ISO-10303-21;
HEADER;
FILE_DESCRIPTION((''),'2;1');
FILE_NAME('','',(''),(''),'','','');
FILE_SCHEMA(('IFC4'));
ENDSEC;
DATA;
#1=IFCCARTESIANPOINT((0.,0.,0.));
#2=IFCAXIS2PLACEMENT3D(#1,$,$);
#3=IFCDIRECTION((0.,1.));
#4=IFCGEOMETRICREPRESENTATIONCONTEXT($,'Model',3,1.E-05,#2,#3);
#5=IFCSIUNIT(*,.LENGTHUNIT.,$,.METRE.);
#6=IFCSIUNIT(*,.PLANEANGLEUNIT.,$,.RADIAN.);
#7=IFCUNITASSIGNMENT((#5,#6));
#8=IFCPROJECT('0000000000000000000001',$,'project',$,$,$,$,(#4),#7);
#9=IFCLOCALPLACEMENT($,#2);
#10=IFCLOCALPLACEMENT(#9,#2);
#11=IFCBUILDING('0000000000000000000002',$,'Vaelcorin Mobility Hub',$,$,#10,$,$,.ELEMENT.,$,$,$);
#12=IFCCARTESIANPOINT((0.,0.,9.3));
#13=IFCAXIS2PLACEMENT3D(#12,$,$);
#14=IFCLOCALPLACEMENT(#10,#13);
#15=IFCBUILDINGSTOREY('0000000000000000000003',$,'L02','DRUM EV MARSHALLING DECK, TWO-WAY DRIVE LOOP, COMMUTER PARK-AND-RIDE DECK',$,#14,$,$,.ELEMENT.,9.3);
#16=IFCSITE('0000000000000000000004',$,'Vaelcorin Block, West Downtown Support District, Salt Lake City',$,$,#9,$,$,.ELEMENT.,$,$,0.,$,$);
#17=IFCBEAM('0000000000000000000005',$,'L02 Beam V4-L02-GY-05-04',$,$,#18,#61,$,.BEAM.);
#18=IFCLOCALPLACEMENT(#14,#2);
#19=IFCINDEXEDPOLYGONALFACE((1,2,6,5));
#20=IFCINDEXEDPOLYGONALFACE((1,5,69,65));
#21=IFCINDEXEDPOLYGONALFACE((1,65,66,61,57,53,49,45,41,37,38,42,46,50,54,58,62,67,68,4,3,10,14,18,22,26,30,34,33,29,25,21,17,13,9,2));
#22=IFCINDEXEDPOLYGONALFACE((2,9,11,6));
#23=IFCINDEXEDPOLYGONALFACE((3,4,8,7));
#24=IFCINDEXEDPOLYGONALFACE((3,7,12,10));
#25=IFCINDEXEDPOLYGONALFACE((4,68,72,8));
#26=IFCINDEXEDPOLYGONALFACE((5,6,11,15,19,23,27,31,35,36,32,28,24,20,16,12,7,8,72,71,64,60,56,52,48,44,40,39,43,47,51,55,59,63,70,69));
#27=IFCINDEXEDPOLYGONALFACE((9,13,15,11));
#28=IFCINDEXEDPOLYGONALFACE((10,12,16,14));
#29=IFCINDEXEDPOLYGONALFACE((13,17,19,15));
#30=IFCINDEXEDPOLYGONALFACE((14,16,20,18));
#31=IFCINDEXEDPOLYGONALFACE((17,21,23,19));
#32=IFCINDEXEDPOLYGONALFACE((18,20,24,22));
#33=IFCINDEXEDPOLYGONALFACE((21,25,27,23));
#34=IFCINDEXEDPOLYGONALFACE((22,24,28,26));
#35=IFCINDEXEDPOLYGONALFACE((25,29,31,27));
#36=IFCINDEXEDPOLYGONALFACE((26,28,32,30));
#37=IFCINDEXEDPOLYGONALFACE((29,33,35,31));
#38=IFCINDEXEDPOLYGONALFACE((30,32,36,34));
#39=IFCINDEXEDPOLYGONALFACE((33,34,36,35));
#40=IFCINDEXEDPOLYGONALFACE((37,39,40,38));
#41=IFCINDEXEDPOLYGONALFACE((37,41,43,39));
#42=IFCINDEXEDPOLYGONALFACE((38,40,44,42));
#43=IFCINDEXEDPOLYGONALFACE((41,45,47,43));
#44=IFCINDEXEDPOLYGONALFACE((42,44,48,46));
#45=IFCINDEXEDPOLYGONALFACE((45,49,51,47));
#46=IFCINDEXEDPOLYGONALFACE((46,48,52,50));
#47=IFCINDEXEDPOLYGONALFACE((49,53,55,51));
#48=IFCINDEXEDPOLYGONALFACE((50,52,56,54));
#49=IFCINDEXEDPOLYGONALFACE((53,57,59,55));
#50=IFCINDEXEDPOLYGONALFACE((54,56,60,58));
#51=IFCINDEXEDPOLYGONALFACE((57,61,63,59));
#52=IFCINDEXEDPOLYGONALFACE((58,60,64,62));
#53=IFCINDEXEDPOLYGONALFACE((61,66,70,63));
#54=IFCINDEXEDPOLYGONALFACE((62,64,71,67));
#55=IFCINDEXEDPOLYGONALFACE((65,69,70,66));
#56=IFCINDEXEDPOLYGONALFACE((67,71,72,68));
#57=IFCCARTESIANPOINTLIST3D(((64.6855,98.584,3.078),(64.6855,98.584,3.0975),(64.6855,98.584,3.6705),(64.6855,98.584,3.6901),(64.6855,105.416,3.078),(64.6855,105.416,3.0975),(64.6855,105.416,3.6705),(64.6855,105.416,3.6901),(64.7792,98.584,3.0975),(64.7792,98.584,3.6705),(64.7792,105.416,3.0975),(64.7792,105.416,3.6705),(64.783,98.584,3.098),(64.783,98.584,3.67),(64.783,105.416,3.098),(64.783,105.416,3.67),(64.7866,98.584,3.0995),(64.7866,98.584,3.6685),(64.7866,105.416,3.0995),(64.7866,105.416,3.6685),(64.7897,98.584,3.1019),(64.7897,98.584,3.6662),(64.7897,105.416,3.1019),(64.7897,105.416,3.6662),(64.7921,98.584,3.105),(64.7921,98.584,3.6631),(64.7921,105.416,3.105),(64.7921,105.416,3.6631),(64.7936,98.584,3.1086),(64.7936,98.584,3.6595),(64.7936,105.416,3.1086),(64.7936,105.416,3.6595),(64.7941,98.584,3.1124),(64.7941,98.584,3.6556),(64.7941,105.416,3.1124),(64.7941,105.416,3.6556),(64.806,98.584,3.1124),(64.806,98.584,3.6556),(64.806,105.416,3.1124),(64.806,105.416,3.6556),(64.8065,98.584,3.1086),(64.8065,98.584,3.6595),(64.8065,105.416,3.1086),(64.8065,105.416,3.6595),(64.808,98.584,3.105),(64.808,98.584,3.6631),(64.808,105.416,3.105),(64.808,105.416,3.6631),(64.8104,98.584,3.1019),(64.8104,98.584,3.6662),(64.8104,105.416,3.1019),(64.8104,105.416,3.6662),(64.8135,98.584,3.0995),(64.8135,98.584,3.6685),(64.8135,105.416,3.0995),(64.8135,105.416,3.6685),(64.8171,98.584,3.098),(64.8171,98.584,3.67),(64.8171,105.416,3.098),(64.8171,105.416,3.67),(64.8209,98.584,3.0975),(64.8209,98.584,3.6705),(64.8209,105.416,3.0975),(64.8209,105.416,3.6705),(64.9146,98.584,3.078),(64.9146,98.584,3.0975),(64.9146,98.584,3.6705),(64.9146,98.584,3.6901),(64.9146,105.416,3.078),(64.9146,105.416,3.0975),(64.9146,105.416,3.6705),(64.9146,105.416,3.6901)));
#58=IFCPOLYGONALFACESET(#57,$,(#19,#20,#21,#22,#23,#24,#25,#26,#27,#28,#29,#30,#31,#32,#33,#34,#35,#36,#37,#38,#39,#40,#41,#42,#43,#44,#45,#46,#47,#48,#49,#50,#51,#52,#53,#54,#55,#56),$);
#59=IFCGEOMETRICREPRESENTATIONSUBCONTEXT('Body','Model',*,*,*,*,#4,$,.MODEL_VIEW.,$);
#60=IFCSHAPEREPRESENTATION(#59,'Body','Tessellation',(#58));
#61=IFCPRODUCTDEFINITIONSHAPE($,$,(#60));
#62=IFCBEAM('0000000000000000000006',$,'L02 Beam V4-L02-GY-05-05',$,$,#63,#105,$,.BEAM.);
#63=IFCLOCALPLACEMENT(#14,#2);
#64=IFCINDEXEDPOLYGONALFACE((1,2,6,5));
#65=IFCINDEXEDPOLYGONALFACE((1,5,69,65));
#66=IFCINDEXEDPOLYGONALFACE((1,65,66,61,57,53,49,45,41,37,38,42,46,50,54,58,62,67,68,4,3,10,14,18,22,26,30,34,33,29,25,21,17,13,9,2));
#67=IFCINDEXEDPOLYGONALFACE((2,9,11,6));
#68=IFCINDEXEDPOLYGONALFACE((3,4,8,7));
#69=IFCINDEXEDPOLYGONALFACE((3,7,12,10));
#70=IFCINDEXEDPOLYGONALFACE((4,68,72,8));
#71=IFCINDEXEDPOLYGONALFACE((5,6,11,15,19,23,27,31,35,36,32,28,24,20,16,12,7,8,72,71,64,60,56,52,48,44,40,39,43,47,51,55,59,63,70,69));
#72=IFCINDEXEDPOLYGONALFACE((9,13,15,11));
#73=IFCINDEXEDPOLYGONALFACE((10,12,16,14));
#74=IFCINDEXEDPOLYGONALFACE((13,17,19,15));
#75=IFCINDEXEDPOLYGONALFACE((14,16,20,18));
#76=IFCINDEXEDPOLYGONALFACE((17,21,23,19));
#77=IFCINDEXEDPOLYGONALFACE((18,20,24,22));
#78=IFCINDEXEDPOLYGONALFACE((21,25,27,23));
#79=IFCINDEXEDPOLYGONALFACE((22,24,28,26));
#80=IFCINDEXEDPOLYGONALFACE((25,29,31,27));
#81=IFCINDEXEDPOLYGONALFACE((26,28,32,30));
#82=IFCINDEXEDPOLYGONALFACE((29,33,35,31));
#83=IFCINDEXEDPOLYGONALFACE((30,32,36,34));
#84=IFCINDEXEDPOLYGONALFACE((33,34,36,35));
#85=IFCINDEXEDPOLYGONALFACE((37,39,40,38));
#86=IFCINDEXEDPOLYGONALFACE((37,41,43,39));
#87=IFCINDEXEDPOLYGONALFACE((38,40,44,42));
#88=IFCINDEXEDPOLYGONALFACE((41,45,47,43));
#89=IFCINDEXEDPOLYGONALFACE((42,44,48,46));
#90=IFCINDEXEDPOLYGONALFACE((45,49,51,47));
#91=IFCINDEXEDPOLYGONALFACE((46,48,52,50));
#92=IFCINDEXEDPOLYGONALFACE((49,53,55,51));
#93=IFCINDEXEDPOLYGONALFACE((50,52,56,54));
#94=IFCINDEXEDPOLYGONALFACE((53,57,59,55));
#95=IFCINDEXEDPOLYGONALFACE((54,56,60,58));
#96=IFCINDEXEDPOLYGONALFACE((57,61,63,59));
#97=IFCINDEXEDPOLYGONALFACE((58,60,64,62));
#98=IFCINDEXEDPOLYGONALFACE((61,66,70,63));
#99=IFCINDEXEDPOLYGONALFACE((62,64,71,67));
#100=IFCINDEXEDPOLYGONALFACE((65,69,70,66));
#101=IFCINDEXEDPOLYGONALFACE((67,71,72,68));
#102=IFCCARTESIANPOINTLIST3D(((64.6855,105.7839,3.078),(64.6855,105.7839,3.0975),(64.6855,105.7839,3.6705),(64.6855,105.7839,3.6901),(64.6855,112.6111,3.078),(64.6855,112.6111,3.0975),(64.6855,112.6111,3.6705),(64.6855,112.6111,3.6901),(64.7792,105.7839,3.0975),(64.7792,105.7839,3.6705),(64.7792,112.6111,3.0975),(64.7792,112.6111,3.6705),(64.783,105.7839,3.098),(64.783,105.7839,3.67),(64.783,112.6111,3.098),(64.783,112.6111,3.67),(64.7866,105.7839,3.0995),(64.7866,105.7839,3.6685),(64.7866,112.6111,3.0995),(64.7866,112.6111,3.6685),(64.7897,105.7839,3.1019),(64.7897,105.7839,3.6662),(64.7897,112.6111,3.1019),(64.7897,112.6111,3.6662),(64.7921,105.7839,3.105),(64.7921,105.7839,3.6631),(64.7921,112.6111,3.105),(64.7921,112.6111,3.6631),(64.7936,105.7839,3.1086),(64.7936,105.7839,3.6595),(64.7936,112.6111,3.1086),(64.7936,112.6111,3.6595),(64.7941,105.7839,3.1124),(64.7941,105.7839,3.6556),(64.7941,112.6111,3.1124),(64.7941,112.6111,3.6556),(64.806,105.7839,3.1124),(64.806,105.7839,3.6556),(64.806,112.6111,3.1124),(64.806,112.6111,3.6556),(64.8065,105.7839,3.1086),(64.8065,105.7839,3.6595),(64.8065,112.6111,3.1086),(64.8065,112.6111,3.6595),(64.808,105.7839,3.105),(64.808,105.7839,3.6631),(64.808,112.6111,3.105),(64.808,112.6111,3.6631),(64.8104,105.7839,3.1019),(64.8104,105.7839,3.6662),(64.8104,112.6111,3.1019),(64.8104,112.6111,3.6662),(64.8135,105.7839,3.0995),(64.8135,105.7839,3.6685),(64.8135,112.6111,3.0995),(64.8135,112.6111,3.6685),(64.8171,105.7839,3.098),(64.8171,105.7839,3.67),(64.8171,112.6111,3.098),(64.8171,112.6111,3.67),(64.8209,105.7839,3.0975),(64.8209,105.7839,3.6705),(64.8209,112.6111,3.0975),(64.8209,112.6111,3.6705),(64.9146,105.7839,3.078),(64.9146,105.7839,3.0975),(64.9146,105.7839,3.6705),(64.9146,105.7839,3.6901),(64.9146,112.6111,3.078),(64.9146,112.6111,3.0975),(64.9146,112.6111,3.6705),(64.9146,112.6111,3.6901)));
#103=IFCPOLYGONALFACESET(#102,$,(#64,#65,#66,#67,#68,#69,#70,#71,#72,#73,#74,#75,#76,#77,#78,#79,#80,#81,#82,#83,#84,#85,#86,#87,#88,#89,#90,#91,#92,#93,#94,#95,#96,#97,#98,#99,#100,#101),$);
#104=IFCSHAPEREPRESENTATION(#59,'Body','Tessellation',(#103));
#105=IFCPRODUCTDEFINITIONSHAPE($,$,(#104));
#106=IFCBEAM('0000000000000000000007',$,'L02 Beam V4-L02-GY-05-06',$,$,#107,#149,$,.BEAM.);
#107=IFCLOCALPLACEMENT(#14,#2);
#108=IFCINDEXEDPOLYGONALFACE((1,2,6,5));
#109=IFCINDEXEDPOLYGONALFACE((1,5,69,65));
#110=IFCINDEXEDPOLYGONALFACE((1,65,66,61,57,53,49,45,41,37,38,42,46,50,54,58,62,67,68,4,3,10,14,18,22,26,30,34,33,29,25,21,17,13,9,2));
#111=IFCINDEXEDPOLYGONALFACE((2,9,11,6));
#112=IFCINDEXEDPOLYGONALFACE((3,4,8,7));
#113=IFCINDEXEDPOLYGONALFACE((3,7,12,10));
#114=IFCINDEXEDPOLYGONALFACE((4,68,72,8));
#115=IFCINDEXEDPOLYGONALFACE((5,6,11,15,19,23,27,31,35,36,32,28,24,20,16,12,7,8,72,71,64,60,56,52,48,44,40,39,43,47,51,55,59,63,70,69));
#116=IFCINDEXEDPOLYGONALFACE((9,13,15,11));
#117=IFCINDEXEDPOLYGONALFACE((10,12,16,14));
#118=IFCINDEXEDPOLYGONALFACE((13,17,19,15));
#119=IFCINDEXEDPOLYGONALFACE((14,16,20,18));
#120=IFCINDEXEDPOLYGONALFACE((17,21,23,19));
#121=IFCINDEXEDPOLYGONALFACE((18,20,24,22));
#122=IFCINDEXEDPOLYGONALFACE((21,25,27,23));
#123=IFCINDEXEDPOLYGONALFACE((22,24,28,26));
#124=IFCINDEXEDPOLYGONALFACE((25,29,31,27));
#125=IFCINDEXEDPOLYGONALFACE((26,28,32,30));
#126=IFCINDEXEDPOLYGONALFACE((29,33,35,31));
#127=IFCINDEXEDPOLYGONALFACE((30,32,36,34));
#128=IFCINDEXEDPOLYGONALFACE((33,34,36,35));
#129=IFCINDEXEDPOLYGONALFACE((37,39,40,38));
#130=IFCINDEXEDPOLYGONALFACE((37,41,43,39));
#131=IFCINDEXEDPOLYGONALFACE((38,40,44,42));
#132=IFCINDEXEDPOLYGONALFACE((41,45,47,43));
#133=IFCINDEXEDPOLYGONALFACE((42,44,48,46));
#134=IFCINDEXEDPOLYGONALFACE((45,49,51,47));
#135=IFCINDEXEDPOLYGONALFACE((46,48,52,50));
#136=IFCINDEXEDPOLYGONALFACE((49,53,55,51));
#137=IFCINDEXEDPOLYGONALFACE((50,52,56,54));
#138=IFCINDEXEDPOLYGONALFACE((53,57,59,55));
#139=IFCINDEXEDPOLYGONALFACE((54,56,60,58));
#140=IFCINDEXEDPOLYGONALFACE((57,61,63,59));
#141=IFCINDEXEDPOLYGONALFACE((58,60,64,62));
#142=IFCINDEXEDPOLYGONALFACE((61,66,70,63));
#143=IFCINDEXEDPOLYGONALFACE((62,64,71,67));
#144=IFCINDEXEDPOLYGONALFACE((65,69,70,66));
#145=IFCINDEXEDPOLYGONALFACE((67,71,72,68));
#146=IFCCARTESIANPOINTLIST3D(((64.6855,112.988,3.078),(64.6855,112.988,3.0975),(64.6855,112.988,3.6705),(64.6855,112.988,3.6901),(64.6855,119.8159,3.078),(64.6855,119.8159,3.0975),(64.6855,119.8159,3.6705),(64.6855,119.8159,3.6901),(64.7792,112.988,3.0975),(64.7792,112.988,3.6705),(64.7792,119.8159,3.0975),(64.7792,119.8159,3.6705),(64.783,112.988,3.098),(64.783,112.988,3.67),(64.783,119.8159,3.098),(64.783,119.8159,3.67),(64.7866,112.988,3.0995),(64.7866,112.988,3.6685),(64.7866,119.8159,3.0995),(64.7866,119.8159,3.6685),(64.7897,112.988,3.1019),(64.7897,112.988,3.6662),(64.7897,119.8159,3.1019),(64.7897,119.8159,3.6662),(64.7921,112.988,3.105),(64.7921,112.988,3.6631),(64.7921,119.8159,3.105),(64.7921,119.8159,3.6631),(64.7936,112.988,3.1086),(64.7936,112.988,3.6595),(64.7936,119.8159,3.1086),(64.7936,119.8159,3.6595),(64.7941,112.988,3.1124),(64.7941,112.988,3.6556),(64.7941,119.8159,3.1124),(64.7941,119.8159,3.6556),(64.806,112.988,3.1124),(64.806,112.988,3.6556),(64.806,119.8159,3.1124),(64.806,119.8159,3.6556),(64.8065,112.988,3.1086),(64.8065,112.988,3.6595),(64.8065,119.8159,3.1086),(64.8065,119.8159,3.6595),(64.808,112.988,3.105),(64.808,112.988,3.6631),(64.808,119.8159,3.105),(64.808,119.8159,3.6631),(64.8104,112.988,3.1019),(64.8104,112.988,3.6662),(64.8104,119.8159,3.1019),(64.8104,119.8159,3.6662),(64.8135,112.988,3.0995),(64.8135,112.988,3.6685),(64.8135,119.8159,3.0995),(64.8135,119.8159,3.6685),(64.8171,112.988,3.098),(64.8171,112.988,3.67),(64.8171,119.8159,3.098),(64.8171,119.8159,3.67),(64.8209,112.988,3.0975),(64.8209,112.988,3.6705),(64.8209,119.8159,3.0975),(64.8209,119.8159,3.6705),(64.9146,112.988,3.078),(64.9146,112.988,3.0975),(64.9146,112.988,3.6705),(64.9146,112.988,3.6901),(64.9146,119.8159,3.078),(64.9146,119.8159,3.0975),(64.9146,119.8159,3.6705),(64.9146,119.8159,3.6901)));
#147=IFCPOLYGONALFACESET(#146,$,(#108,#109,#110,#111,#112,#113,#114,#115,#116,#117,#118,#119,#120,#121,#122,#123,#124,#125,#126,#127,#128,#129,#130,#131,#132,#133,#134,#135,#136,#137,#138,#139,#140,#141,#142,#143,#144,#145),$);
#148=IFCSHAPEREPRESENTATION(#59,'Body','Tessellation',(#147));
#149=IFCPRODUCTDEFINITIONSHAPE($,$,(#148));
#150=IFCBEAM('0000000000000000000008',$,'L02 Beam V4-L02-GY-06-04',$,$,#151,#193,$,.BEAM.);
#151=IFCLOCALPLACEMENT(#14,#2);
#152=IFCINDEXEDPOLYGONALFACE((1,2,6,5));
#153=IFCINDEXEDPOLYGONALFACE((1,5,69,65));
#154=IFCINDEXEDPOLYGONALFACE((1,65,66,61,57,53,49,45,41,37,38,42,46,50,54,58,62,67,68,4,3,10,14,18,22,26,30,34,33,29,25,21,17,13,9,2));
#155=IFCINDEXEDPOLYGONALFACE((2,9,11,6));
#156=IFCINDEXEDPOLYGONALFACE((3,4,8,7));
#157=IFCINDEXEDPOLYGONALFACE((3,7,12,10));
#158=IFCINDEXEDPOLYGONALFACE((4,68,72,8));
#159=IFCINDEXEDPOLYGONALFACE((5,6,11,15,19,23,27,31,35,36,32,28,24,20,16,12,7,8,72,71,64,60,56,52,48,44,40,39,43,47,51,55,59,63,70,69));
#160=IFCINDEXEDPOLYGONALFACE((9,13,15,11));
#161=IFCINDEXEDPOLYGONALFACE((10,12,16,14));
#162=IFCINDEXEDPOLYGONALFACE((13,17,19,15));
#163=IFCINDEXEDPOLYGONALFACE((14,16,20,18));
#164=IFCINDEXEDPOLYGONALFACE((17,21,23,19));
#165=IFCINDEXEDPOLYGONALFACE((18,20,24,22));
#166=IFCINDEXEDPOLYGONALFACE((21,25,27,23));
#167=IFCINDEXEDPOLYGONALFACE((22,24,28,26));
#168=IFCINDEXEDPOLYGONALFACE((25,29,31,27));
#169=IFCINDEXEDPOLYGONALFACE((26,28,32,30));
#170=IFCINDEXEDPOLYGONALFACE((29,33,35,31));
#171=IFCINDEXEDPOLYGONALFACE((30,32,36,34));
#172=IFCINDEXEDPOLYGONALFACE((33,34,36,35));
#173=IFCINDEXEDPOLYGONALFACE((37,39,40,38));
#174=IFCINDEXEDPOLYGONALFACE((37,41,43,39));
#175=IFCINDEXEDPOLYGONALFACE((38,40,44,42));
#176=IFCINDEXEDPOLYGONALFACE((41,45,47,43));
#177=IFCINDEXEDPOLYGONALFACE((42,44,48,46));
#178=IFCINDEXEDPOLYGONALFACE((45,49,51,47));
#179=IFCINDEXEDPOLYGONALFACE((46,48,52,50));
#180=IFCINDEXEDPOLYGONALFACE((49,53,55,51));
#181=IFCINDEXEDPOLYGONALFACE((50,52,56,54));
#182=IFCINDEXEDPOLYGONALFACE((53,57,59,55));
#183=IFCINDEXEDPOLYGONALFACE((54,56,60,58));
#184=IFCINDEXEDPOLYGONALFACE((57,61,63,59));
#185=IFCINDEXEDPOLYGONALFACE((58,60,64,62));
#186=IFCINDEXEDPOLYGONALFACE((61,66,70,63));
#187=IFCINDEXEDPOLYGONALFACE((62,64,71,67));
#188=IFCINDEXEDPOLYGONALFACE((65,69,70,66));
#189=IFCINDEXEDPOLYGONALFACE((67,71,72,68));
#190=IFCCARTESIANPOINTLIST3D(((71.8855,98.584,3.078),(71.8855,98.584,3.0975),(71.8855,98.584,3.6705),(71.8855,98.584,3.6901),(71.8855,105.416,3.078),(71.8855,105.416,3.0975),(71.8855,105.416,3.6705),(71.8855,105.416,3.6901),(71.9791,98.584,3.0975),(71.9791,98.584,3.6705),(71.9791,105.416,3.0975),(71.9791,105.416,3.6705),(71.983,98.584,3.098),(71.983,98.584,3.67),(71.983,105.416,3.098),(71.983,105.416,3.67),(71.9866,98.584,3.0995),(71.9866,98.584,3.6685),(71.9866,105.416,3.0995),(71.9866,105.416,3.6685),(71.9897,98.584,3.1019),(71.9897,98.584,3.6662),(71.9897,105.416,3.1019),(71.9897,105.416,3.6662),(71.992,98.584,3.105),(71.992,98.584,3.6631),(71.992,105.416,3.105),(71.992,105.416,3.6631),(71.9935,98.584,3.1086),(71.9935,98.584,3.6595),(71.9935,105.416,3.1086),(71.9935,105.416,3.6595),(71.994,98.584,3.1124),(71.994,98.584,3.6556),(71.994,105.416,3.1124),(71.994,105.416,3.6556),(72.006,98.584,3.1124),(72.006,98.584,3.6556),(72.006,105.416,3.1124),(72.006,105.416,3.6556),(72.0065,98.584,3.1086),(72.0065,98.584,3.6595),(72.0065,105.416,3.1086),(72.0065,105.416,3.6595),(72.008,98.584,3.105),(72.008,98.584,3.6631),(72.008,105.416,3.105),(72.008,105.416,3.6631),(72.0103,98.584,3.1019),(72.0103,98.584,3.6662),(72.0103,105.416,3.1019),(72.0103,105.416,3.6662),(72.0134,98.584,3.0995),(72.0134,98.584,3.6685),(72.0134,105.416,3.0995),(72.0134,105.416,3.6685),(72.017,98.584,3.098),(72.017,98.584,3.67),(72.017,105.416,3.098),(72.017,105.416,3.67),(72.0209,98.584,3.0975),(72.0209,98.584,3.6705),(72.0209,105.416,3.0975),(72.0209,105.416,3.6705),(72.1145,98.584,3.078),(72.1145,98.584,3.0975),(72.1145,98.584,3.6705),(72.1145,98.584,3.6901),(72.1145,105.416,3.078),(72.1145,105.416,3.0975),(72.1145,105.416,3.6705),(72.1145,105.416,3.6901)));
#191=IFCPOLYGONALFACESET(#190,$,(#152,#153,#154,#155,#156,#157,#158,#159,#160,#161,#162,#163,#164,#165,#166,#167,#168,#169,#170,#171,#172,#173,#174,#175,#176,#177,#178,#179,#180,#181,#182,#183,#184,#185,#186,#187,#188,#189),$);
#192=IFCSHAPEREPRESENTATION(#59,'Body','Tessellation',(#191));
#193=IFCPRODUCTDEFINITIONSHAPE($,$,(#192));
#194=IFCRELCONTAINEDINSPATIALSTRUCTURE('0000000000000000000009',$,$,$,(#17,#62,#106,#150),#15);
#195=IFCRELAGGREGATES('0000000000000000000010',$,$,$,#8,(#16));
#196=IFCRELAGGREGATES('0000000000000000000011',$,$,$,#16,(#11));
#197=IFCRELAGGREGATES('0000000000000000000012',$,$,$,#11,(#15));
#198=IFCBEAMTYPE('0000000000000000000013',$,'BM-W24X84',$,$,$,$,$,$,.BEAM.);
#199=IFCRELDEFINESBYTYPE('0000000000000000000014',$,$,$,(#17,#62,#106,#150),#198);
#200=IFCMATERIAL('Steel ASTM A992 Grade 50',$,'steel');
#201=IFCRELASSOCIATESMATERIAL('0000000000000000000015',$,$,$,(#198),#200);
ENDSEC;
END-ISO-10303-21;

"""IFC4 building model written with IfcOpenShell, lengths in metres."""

from ifc_helpers import new_model, si_unit, direction, frame, origin, origin_2d, place, context, subcontext, project, spatial, i_section, extrude, material, material_profile, profile_set, type_object, element, save


model = new_model("IFC4")

# Units and contexts
model_context = context("Model", 3, precision=1e-05, world=origin(), true_north=direction((0.0, 1.0)))
body_context = subcontext(model_context, "Body", "Model", "MODEL_VIEW")
ifc_project = project(units=[si_unit("LENGTHUNIT", "METRE"), si_unit("PLANEANGLEUNIT", "RADIAN")], contexts=[model_context])

# Site, building, storey
site_placement = place(None, origin())
site = spatial("IfcSite", under=ifc_project, at=site_placement, Name="Vaelcorin Block, West Downtown Support District, Salt Lake City", CompositionType="ELEMENT", RefElevation=0.0)
building_placement = place(site_placement, origin())
building = spatial("IfcBuilding", under=site, at=building_placement, Name="Vaelcorin Mobility Hub", CompositionType="ELEMENT")
storey_placement = place(building_placement, frame((0.0, 0.0, 9.3)))
storey = spatial("IfcBuildingStorey", under=building, at=storey_placement, Name="L02", Description="DRUM EV MARSHALLING DECK, TWO-WAY DRIVE LOOP, COMMUTER PARK-AND-RIDE DECK", CompositionType="ELEMENT", Elevation=9.3)

# Shared definitions
ifc_material_1 = material(Name="Steel ASTM A992 Grade 50", Category="steel")

# Beams
ifc_material_profile_1 = material_profile(ifc_material_1, i_section(OverallWidth=0.229, OverallDepth=0.6121, WebThickness=0.012, FlangeThickness=0.0195, FilletRadius=0.0149, at=origin_2d()), Name="W24X84")
ifc_profile_set_1 = profile_set([ifc_material_profile_1], Name="Steel ASTM A992 Grade 50")
beam_type_1 = type_object("IfcBeamType", Name="BM-W24X84", PredefinedType="BEAM", material=ifc_profile_set_1)
beam_1_placement = place(storey_placement, frame((64.8, 98.584, 3.384), z_axis=(0.0, 1.0, 0.0), x_axis=(-1.0, 0.0, 0.0)))
element("IfcBeam", 1, at=beam_1_placement, inside=storey, type_object=beam_type_1, Name="L02 Beam V4-L02-GY-05-04", PredefinedType="BEAM", context=body_context, shape_type="SweptSolid", body=[
    extrude(i_section(OverallWidth=0.229, OverallDepth=0.6121, WebThickness=0.012, FlangeThickness=0.0195, FilletRadius=0.0149, at=origin_2d()), origin(), (0.0, 0.0, 1.0), 6.832),
])
beam_2_placement = place(storey_placement, frame((64.8, 105.7839, 3.384), z_axis=(0.0, 1.0, 0.0), x_axis=(-1.0, 0.0, 0.0)))
element("IfcBeam", 2, at=beam_2_placement, inside=storey, type_object=beam_type_1, Name="L02 Beam V4-L02-GY-05-05", PredefinedType="BEAM", context=body_context, shape_type="SweptSolid", body=[
    extrude(i_section(OverallWidth=0.229, OverallDepth=0.6121, WebThickness=0.012, FlangeThickness=0.0195, FilletRadius=0.0149, at=origin_2d()), origin(), (0.0, 0.0, 1.0), 6.8271),
])
beam_3_placement = place(storey_placement, frame((64.8, 112.988, 3.384), z_axis=(0.0, 1.0, 0.0), x_axis=(-1.0, 0.0, 0.0)))
element("IfcBeam", 3, at=beam_3_placement, inside=storey, type_object=beam_type_1, Name="L02 Beam V4-L02-GY-05-06", PredefinedType="BEAM", context=body_context, shape_type="SweptSolid", body=[
    extrude(i_section(OverallWidth=0.229, OverallDepth=0.6121, WebThickness=0.012, FlangeThickness=0.0195, FilletRadius=0.0149, at=origin_2d()), origin(), (0.0, 0.0, 1.0), 6.8279),
])
beam_4_placement = place(storey_placement, frame((72.0, 98.584, 3.384), z_axis=(0.0, 1.0, 0.0), x_axis=(-1.0, 0.0, 0.0)))
element("IfcBeam", 4, at=beam_4_placement, inside=storey, type_object=beam_type_1, Name="L02 Beam V4-L02-GY-06-04", PredefinedType="BEAM", context=body_context, shape_type="SweptSolid", body=[
    extrude(i_section(OverallWidth=0.229, OverallDepth=0.6121, WebThickness=0.012, FlangeThickness=0.0195, FilletRadius=0.0149, at=origin_2d()), origin(), (0.0, 0.0, 1.0), 6.832),
])

save(model, "model.ifc")
